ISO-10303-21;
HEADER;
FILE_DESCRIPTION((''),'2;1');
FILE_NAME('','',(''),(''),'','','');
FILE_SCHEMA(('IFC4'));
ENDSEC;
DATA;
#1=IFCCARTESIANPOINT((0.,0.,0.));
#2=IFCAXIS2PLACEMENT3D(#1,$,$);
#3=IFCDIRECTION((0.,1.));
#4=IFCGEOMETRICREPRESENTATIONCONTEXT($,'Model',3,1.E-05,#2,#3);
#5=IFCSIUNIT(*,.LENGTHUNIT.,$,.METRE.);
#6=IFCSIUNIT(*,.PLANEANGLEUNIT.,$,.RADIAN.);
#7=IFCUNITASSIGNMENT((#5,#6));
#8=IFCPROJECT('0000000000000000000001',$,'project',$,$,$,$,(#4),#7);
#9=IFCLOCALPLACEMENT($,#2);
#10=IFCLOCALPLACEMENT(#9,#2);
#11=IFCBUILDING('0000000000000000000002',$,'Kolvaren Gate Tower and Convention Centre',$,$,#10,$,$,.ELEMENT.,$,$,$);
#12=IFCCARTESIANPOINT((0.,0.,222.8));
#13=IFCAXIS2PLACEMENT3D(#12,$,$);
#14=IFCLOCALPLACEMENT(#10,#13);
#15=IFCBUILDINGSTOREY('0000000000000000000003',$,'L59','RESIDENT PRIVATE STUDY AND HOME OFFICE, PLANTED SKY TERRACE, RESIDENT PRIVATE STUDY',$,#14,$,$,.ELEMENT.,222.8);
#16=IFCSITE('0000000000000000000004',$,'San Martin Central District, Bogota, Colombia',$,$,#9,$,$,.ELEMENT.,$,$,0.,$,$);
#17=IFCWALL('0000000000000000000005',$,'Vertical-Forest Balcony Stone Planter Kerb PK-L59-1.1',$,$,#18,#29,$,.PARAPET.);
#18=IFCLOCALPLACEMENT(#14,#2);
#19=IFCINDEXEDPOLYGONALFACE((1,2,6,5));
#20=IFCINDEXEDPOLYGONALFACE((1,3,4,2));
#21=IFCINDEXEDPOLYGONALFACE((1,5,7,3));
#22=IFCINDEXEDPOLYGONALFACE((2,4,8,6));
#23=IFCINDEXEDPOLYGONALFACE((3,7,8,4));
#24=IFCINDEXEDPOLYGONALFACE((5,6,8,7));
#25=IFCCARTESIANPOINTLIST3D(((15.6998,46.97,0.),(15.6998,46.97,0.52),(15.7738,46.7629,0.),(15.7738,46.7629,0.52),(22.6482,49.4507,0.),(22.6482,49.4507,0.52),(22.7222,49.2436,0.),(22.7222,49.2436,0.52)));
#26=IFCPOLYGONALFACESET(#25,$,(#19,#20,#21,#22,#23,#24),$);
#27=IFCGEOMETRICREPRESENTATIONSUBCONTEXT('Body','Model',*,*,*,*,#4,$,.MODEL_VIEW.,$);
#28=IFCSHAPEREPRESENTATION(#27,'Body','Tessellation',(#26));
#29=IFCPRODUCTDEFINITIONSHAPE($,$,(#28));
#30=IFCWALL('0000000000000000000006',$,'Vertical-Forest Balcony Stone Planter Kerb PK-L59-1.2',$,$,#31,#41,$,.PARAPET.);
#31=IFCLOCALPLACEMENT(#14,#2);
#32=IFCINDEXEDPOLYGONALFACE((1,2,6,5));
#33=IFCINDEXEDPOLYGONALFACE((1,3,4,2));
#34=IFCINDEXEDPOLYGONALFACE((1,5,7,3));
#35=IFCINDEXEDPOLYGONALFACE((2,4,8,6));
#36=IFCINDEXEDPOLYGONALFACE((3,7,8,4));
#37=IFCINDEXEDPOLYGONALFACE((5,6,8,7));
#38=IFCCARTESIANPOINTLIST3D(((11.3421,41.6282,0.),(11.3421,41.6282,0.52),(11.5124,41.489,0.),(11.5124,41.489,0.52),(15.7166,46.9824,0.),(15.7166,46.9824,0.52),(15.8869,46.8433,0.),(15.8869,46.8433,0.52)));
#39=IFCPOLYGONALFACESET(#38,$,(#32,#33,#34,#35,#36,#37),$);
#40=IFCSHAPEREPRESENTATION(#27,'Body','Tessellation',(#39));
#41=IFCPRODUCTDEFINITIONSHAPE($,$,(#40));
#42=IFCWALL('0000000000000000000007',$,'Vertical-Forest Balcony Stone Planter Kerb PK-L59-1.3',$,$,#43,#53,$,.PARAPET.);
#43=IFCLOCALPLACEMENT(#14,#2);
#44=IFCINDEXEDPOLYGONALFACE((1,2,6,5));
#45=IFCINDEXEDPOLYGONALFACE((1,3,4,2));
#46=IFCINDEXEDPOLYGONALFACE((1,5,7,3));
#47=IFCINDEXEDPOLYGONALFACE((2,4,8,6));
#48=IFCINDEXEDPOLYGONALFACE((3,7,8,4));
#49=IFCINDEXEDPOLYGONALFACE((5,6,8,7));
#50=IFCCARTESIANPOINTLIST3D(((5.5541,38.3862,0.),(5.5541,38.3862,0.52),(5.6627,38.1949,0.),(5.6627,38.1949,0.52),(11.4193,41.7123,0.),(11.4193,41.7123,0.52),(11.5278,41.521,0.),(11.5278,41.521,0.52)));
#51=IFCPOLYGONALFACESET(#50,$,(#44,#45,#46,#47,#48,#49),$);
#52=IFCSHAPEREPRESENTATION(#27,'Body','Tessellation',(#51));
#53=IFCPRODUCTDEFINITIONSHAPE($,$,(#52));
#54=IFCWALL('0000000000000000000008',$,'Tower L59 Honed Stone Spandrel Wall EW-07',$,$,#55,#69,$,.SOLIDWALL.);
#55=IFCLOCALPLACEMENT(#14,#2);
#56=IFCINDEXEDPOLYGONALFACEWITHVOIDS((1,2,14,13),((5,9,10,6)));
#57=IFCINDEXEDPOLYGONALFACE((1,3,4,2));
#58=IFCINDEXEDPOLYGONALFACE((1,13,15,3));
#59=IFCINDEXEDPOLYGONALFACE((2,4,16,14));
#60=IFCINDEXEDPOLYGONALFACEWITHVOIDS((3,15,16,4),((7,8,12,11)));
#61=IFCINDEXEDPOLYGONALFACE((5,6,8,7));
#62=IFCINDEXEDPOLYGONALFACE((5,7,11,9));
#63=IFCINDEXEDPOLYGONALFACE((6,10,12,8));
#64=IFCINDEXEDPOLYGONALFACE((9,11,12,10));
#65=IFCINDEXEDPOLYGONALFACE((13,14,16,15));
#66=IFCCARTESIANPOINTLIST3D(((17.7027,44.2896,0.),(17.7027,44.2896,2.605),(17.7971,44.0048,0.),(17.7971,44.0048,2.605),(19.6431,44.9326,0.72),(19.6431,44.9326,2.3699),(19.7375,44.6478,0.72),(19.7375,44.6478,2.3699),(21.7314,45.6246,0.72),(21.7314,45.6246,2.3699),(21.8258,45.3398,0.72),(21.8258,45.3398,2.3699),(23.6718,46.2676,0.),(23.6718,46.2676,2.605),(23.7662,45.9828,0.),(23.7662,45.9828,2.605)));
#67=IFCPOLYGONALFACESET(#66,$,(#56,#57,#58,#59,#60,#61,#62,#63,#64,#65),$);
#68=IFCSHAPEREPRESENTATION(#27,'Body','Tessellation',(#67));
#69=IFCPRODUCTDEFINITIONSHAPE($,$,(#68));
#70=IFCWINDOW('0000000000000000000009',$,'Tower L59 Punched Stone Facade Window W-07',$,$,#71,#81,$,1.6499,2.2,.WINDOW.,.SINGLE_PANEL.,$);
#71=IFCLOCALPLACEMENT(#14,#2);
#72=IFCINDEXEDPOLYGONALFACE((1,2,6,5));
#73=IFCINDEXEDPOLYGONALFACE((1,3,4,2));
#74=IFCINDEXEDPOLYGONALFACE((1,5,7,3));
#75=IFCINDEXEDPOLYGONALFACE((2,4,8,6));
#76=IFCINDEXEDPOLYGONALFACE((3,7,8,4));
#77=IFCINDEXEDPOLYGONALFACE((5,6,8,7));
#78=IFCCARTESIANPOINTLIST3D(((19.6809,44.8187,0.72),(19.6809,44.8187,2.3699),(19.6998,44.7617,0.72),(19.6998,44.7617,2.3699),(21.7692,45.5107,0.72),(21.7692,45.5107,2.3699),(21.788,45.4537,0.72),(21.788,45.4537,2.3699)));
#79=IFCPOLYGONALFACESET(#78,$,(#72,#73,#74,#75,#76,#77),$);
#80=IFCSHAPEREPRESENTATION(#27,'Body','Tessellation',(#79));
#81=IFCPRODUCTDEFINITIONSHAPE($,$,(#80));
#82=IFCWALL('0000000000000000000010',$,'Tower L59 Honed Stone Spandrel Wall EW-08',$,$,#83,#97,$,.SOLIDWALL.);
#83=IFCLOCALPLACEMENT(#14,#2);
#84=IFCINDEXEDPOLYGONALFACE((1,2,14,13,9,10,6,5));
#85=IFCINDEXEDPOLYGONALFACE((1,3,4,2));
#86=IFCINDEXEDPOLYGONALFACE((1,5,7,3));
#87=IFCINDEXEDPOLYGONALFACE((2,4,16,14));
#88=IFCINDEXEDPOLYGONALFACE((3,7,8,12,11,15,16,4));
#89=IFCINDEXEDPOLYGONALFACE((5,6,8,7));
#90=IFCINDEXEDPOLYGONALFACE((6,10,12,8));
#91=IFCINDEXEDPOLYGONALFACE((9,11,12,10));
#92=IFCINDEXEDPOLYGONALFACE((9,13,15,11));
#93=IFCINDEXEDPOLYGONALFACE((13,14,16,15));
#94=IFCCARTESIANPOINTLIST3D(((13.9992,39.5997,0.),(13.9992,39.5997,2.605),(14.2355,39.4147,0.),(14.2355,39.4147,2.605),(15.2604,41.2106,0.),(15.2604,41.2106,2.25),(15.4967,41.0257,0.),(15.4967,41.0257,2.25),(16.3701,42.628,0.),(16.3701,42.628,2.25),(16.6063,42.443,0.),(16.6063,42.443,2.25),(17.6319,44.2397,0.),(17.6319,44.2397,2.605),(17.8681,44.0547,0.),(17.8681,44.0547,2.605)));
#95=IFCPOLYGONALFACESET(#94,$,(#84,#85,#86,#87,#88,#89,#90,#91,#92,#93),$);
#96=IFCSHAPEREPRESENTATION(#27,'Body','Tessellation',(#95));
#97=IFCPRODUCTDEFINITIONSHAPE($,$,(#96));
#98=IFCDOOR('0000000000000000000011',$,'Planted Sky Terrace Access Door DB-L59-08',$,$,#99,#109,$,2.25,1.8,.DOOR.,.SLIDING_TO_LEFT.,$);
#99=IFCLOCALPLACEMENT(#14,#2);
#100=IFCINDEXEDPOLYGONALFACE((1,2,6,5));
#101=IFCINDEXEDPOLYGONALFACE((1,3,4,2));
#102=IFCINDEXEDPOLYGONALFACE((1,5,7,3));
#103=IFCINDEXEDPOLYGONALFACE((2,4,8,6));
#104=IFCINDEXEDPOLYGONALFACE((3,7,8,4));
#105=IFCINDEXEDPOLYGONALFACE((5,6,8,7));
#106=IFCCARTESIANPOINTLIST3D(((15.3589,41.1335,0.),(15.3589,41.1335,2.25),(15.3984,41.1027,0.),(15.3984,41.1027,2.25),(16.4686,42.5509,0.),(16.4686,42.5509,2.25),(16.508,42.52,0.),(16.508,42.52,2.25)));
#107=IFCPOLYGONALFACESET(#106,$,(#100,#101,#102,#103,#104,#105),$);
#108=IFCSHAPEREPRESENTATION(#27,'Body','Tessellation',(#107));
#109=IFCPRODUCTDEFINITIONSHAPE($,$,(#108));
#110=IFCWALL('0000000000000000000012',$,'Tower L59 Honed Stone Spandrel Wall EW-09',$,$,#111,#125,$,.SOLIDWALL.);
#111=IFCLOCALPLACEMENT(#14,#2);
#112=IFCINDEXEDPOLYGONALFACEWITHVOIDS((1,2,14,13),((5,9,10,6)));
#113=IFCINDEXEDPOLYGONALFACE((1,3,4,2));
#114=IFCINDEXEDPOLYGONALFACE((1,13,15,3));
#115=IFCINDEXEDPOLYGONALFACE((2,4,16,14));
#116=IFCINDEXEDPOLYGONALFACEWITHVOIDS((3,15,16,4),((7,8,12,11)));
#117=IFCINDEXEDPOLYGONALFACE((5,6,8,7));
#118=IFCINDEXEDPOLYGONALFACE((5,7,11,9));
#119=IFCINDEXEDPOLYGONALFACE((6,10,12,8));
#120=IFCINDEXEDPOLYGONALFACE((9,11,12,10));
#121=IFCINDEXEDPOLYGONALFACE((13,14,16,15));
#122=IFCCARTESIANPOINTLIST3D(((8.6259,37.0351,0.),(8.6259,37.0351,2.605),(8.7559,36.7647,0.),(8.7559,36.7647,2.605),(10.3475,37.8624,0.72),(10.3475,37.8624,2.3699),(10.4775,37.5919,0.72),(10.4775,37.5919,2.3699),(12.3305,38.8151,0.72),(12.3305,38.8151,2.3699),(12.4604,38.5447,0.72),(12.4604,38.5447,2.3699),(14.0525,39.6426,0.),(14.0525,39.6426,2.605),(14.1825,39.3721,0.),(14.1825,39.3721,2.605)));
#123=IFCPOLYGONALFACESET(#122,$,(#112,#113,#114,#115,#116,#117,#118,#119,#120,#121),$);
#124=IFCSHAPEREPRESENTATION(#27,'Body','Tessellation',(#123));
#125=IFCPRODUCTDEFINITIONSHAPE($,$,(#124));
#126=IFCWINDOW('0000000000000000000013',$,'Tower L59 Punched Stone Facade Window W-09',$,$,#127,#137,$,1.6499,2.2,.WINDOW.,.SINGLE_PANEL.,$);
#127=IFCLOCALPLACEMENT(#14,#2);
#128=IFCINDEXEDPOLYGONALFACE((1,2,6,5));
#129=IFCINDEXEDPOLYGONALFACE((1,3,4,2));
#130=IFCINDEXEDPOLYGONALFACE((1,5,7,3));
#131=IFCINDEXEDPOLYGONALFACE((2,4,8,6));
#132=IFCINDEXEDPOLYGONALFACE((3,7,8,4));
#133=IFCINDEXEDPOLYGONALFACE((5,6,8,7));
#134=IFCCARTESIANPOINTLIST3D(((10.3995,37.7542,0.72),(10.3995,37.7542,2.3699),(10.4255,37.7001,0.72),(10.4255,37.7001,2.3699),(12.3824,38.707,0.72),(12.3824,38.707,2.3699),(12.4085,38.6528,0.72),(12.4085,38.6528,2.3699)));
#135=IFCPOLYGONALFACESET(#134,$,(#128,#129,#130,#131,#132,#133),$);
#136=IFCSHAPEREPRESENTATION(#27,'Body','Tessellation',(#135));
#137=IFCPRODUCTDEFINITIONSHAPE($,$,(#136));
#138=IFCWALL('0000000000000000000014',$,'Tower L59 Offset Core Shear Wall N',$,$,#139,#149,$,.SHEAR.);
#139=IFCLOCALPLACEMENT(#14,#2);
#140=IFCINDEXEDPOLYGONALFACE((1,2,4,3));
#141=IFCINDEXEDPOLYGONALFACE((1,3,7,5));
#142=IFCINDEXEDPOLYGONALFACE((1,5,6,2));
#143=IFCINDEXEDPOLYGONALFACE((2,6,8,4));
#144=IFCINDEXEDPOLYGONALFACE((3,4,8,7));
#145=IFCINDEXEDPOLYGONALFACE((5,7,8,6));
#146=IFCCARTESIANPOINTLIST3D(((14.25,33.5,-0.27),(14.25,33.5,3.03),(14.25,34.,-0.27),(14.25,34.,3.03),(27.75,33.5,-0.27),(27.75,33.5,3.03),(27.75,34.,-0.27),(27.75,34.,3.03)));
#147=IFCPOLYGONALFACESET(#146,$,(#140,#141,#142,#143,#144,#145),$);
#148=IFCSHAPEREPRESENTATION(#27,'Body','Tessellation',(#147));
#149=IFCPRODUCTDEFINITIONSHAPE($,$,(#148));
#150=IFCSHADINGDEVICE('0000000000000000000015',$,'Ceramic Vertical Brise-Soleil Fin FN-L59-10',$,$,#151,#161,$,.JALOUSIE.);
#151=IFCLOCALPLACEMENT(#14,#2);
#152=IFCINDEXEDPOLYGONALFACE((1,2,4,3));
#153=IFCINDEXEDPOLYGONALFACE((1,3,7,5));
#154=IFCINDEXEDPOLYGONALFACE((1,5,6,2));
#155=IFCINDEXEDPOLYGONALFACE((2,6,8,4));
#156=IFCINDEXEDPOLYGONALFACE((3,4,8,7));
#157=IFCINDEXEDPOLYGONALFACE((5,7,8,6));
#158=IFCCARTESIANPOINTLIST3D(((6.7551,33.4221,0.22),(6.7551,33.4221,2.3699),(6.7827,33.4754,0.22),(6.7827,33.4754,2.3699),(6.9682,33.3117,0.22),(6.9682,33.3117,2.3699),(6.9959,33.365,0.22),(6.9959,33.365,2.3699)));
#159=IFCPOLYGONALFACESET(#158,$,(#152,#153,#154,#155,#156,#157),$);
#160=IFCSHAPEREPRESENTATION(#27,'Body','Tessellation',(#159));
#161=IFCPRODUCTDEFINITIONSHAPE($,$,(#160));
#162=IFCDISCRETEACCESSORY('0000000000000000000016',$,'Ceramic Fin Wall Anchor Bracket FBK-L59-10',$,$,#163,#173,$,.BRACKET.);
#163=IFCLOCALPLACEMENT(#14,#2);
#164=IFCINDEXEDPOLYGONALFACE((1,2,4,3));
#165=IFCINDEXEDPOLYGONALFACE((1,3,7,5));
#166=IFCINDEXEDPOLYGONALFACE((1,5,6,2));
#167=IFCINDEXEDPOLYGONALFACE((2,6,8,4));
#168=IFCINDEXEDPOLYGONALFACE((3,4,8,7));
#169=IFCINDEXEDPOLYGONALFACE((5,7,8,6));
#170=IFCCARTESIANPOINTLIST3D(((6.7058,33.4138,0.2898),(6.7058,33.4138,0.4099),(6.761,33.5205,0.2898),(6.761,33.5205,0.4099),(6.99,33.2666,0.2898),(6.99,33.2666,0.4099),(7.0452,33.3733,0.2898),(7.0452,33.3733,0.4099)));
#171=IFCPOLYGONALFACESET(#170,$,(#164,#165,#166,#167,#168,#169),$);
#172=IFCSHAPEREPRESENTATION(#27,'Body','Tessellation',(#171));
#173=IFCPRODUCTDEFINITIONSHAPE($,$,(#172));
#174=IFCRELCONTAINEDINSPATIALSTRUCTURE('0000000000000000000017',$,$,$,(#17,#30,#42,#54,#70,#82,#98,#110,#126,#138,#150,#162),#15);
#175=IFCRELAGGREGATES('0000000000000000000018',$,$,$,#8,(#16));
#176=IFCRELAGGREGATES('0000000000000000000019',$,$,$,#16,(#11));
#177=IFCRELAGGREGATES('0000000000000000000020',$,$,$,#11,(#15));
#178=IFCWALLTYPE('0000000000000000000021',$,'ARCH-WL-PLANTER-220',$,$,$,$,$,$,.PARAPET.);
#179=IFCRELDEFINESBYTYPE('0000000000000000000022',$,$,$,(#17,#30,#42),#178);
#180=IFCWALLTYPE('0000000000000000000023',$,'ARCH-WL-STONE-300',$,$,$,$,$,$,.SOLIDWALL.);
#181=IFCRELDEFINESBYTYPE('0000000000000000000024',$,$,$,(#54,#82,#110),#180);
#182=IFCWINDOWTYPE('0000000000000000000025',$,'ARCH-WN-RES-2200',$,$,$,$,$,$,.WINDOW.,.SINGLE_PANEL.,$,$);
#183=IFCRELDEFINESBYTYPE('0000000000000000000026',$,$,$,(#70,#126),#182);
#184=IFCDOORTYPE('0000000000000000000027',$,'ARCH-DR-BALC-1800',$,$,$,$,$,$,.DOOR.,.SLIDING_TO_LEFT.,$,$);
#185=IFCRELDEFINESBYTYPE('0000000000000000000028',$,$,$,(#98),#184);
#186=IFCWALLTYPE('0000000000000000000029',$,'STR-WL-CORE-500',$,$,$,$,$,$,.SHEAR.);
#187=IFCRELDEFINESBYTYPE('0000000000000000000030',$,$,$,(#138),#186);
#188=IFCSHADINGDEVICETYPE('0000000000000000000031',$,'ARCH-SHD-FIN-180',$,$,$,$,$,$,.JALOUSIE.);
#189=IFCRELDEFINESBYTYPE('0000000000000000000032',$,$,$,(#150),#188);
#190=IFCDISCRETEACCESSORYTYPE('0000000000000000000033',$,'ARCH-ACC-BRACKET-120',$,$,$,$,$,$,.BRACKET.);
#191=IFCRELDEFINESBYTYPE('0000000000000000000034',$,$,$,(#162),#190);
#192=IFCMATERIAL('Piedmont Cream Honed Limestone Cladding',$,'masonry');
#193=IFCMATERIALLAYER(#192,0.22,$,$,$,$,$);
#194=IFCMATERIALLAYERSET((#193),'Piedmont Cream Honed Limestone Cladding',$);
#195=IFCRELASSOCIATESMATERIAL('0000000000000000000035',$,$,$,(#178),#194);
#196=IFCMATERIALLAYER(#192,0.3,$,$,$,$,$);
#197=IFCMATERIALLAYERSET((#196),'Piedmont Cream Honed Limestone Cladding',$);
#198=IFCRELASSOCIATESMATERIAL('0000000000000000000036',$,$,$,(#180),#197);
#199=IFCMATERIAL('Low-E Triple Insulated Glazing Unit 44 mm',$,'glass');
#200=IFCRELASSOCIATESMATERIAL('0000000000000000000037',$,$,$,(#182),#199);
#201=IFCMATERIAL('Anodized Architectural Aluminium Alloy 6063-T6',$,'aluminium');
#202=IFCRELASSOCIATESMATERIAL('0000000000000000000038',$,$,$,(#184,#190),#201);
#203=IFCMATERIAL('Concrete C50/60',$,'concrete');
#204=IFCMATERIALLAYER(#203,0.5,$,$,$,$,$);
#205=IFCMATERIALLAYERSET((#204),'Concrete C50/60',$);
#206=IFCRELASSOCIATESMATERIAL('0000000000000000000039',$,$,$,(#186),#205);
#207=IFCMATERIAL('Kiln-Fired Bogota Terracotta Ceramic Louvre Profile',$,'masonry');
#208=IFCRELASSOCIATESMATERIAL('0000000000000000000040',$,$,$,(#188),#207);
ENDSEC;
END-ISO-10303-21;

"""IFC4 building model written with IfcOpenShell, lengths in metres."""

from ifc_helpers import new_model, si_unit, direction, frame, frame_2d, origin, origin_2d, place, context, subcontext, project, spatial, rectangle, extrude, material, layer, layer_set, type_object, element, fill, save


model = new_model("IFC4")

# Units and contexts
model_context = context("Model", 3, precision=1e-05, world=origin(), true_north=direction((0.0, 1.0)))
body_context = subcontext(model_context, "Body", "Model", "MODEL_VIEW")
ifc_project = project(units=[si_unit("LENGTHUNIT", "METRE"), si_unit("PLANEANGLEUNIT", "RADIAN")], contexts=[model_context])

# Site, building, storey
site_placement = place(None, origin())
site = spatial("IfcSite", under=ifc_project, at=site_placement, Name="San Martin Central District, Bogota, Colombia", CompositionType="ELEMENT", RefElevation=0.0)
building_placement = place(site_placement, origin())
building = spatial("IfcBuilding", under=site, at=building_placement, Name="Kolvaren Gate Tower and Convention Centre", CompositionType="ELEMENT")
storey_placement = place(building_placement, frame((0.0, 0.0, 222.8)))
storey = spatial("IfcBuildingStorey", under=building, at=storey_placement, Name="L59", Description="RESIDENT PRIVATE STUDY AND HOME OFFICE, PLANTED SKY TERRACE, RESIDENT PRIVATE STUDY", CompositionType="ELEMENT", Elevation=222.8)

# Walls
ifc_material_1 = material(Name="Piedmont Cream Honed Limestone Cladding", Category="masonry")
ifc_layer_1 = layer(ifc_material_1, 0.22)
ifc_layer_set_1 = layer_set([ifc_layer_1], Name="Piedmont Cream Honed Limestone Cladding")
wall_type_1 = type_object("IfcWallType", Name="ARCH-WL-PLANTER-220", PredefinedType="PARAPET", material=ifc_layer_set_1)
wall_1_placement = place(storey_placement, frame((15.7368, 46.8665, 0.0), z_axis=(0.0, 0.0, 1.0), x_axis=(0.94178, 0.336229, 0.0)))
element("IfcWall", 1, at=wall_1_placement, inside=storey, type_object=wall_type_1, Name="Vertical-Forest Balcony Stone Planter Kerb PK-L59-1.1", PredefinedType="PARAPET", context=body_context, shape_type="SweptSolid", body=[
    extrude(rectangle(XDim=7.3779, YDim=0.22, at=frame_2d((3.689, 0.0))), origin(), (0.0, 0.0, 1.0), 0.52),
])
wall_2_placement = place(storey_placement, frame((11.4272, 41.5586, 0.0), z_axis=(0.0, 0.0, 1.0), x_axis=(0.632697, 0.774399, 0.0)))
element("IfcWall", 2, at=wall_2_placement, inside=storey, type_object=wall_type_1, Name="Vertical-Forest Balcony Stone Planter Kerb PK-L59-1.2", PredefinedType="PARAPET", context=body_context, shape_type="SweptSolid", body=[
    extrude(rectangle(XDim=6.9141, YDim=0.22, at=frame_2d((3.457, 0.0))), origin(), (0.0, 0.0, 1.0), 0.52),
])
wall_3_placement = place(storey_placement, frame((5.6084, 38.2905, 0.0), z_axis=(0.0, 0.0, 1.0), x_axis=(0.869861, 0.493298, 0.0)))
element("IfcWall", 3, at=wall_3_placement, inside=storey, type_object=wall_type_1, Name="Vertical-Forest Balcony Stone Planter Kerb PK-L59-1.3", PredefinedType="PARAPET", context=body_context, shape_type="SweptSolid", body=[
    extrude(rectangle(XDim=6.7427, YDim=0.22, at=frame_2d((3.3713, 0.0))), origin(), (0.0, 0.0, 1.0), 0.52),
])

# Wall, opening, window
ifc_layer_2 = layer(ifc_material_1, 0.3)
ifc_layer_set_2 = layer_set([ifc_layer_2], Name="Piedmont Cream Honed Limestone Cladding")
wall_type_2 = type_object("IfcWallType", Name="ARCH-WL-STONE-300", PredefinedType="SOLIDWALL", material=ifc_layer_set_2)
wall_4_placement = place(storey_placement, frame((17.75, 44.1472, 0.0), z_axis=(0.0, 0.0, 1.0), x_axis=(0.949241, 0.31455, 0.0)))
wall_4 = element("IfcWall", 4, at=wall_4_placement, inside=storey, type_object=wall_type_2, Name="Tower L59 Honed Stone Spandrel Wall EW-07", PredefinedType="SOLIDWALL", context=body_context, shape_type="SweptSolid", body=[
    extrude(rectangle(XDim=6.2883, YDim=0.3, at=frame_2d((3.144, 0.0))), origin(), (0.0, 0.0, 1.0), 2.605),
])
opening_1_placement = place(wall_4_placement, frame((2.0439, 0.0, 0.72)))
opening_1 = element("IfcOpeningElement", 5, at=opening_1_placement, cuts=wall_4, PredefinedType="OPENING", context=body_context, shape_type="SweptSolid", body=[
    extrude(rectangle(XDim=2.2, YDim=1.6499, at=frame_2d((1.1001, 0.825))), frame((0.0, 0.1599, 0.0), z_axis=(0.0, -1.0, 0.0), x_axis=(1.0, 0.0, 0.0)), (0.0, 0.0, 1.0), 0.3201),
])
ifc_material_2 = material(Name="Low-E Triple Insulated Glazing Unit 44 mm", Category="glass")
window_type = type_object("IfcWindowType", Name="ARCH-WN-RES-2200", PartitioningType="SINGLE_PANEL", PredefinedType="WINDOW", material=ifc_material_2)
window_1_placement = place(opening_1_placement, origin())
window_1 = element("IfcWindow", 6, at=window_1_placement, inside=storey, type_object=window_type, Name="Tower L59 Punched Stone Facade Window W-07", OverallHeight=1.6499, OverallWidth=2.2, PartitioningType="SINGLE_PANEL", PredefinedType="WINDOW", context=body_context, shape_type="SweptSolid", body=[
    extrude(rectangle(XDim=2.2, YDim=1.6499, at=frame_2d((1.1001, 0.825))), frame((0.0, 0.03, 0.0), z_axis=(0.0, -1.0, 0.0), x_axis=(1.0, 0.0, 0.0)), (0.0, 0.0, 1.0), 0.0601),
])
fill(opening_1, window_1)

# Wall, opening, door
wall_5_placement = place(storey_placement, frame((14.1174, 39.5073, 0.0), z_axis=(0.0, 0.0, 1.0), x_axis=(0.61645, 0.787394, 0.0)))
wall_5 = element("IfcWall", 7, at=wall_5_placement, inside=storey, type_object=wall_type_2, Name="Tower L59 Honed Stone Spandrel Wall EW-08", PredefinedType="SOLIDWALL", context=body_context, shape_type="SweptSolid", body=[
    extrude(rectangle(XDim=5.8928, YDim=0.3, at=frame_2d((2.9463, 0.0))), origin(), (0.0, 0.0, 1.0), 2.605),
])
opening_2_placement = place(wall_5_placement, frame((2.0459, 0.0, 0.0)))
opening_2 = element("IfcOpeningElement", 8, at=opening_2_placement, cuts=wall_5, PredefinedType="OPENING", context=body_context, shape_type="SweptSolid", body=[
    extrude(rectangle(XDim=1.8, YDim=2.25, at=frame_2d((0.8999, 1.125))), frame((0.0, 0.1599, 0.0), z_axis=(0.0, -1.0, 0.0), x_axis=(1.0, 0.0, 0.0)), (0.0, 0.0, 1.0), 0.3201),
])
ifc_material_3 = material(Name="Anodized Architectural Aluminium Alloy 6063-T6", Category="aluminium")
door_type = type_object("IfcDoorType", Name="ARCH-DR-BALC-1800", OperationType="SLIDING_TO_LEFT", PredefinedType="DOOR", material=ifc_material_3)
door_placement = place(opening_2_placement, origin())
door = element("IfcDoor", 9, at=door_placement, inside=storey, type_object=door_type, Name="Planted Sky Terrace Access Door DB-L59-08", OperationType="SLIDING_TO_LEFT", OverallHeight=2.25, OverallWidth=1.8, PredefinedType="DOOR", context=body_context, shape_type="SweptSolid", body=[
    extrude(rectangle(XDim=1.8, YDim=2.25, at=frame_2d((0.8999, 1.125))), frame((0.0, 0.0249, 0.0), z_axis=(0.0, -1.0, 0.0), x_axis=(1.0, 0.0, 0.0)), (0.0, 0.0, 1.0), 0.05),
])
fill(opening_2, door)

# Wall, opening, window
wall_6_placement = place(storey_placement, frame((8.6909, 36.8999, 0.0), z_axis=(0.0, 0.0, 1.0), x_axis=(0.901348, 0.433095, 0.0)))
wall_6 = element("IfcWall", 10, at=wall_6_placement, inside=storey, type_object=wall_type_2, Name="Tower L59 Honed Stone Spandrel Wall EW-09", PredefinedType="SOLIDWALL", context=body_context, shape_type="SweptSolid", body=[
    extrude(rectangle(XDim=6.0205, YDim=0.3, at=frame_2d((3.0103, 0.0))), origin(), (0.0, 0.0, 1.0), 2.605),
])
opening_3_placement = place(wall_6_placement, frame((1.9099, 0.0, 0.72)))
opening_3 = element("IfcOpeningElement", 11, at=opening_3_placement, cuts=wall_6, PredefinedType="OPENING", context=body_context, shape_type="SweptSolid", body=[
    extrude(rectangle(XDim=2.2, YDim=1.6499, at=frame_2d((1.1001, 0.825))), frame((0.0, 0.1599, 0.0), z_axis=(0.0, -1.0, 0.0), x_axis=(1.0, 0.0, 0.0)), (0.0, 0.0, 1.0), 0.3201),
])
window_2_placement = place(opening_3_placement, origin())
window_2 = element("IfcWindow", 12, at=window_2_placement, inside=storey, type_object=window_type, Name="Tower L59 Punched Stone Facade Window W-09", OverallHeight=1.6499, OverallWidth=2.2, PartitioningType="SINGLE_PANEL", PredefinedType="WINDOW", context=body_context, shape_type="SweptSolid", body=[
    extrude(rectangle(XDim=2.2, YDim=1.6499, at=frame_2d((1.1001, 0.825))), frame((0.0, 0.03, 0.0), z_axis=(0.0, -1.0, 0.0), x_axis=(1.0, 0.0, 0.0)), (0.0, 0.0, 1.0), 0.0601),
])
fill(opening_3, window_2)

# Wall
ifc_material_4 = material(Name="Concrete C50/60", Category="concrete")
ifc_layer_3 = layer(ifc_material_4, 0.5)
ifc_layer_set_3 = layer_set([ifc_layer_3], Name="Concrete C50/60")
wall_type_3 = type_object("IfcWallType", Name="STR-WL-CORE-500", PredefinedType="SHEAR", material=ifc_layer_set_3)
wall_7_placement = place(storey_placement, frame((14.25, 33.75, -0.27), z_axis=(0.0, 0.0, 1.0), x_axis=(1.0, 0.0, 0.0)))
element("IfcWall", 13, at=wall_7_placement, inside=storey, type_object=wall_type_3, Name="Tower L59 Offset Core Shear Wall N", PredefinedType="SHEAR", context=body_context, shape_type="SweptSolid", body=[
    extrude(rectangle(XDim=13.5, YDim=0.5, at=frame_2d((6.75, 0.0))), origin(), (0.0, 0.0, 1.0), 3.3),
])

# Shading device
ifc_material_5 = material(Name="Kiln-Fired Bogota Terracotta Ceramic Louvre Profile", Category="masonry")
shading_device_type = type_object("IfcShadingDeviceType", Name="ARCH-SHD-FIN-180", PredefinedType="JALOUSIE", material=ifc_material_5)
shading_device_placement = place(storey_placement, frame((6.8755, 33.3936, 0.22), z_axis=(0.0, 0.0, 1.0), x_axis=(0.4598, 0.888023, 0.0)))
element("IfcShadingDevice", 14, at=shading_device_placement, inside=storey, type_object=shading_device_type, Name="Ceramic Vertical Brise-Soleil Fin FN-L59-10", PredefinedType="JALOUSIE", context=body_context, shape_type="SweptSolid", body=[
    extrude(rectangle(XDim=0.0601, YDim=0.24, at=origin_2d()), origin(), (0.0, 0.0, 1.0), 2.1499),
])

# Discrete accessory
discrete_accessory_type = type_object("IfcDiscreteAccessoryType", Name="ARCH-ACC-BRACKET-120", PredefinedType="BRACKET", material=ifc_material_3)
discrete_accessory_placement = place(storey_placement, frame((6.8755, 33.3936, 0.2898), z_axis=(0.0, 0.0, 1.0), x_axis=(0.4598, 0.888023, 0.0)))
element("IfcDiscreteAccessory", 15, at=discrete_accessory_placement, inside=storey, type_object=discrete_accessory_type, Name="Ceramic Fin Wall Anchor Bracket FBK-L59-10", PredefinedType="BRACKET", context=body_context, shape_type="SweptSolid", body=[
    extrude(rectangle(XDim=0.1201, YDim=0.3201, at=origin_2d()), origin(), (0.0, 0.0, 1.0), 0.1201),
])

save(model, "model.ifc")
